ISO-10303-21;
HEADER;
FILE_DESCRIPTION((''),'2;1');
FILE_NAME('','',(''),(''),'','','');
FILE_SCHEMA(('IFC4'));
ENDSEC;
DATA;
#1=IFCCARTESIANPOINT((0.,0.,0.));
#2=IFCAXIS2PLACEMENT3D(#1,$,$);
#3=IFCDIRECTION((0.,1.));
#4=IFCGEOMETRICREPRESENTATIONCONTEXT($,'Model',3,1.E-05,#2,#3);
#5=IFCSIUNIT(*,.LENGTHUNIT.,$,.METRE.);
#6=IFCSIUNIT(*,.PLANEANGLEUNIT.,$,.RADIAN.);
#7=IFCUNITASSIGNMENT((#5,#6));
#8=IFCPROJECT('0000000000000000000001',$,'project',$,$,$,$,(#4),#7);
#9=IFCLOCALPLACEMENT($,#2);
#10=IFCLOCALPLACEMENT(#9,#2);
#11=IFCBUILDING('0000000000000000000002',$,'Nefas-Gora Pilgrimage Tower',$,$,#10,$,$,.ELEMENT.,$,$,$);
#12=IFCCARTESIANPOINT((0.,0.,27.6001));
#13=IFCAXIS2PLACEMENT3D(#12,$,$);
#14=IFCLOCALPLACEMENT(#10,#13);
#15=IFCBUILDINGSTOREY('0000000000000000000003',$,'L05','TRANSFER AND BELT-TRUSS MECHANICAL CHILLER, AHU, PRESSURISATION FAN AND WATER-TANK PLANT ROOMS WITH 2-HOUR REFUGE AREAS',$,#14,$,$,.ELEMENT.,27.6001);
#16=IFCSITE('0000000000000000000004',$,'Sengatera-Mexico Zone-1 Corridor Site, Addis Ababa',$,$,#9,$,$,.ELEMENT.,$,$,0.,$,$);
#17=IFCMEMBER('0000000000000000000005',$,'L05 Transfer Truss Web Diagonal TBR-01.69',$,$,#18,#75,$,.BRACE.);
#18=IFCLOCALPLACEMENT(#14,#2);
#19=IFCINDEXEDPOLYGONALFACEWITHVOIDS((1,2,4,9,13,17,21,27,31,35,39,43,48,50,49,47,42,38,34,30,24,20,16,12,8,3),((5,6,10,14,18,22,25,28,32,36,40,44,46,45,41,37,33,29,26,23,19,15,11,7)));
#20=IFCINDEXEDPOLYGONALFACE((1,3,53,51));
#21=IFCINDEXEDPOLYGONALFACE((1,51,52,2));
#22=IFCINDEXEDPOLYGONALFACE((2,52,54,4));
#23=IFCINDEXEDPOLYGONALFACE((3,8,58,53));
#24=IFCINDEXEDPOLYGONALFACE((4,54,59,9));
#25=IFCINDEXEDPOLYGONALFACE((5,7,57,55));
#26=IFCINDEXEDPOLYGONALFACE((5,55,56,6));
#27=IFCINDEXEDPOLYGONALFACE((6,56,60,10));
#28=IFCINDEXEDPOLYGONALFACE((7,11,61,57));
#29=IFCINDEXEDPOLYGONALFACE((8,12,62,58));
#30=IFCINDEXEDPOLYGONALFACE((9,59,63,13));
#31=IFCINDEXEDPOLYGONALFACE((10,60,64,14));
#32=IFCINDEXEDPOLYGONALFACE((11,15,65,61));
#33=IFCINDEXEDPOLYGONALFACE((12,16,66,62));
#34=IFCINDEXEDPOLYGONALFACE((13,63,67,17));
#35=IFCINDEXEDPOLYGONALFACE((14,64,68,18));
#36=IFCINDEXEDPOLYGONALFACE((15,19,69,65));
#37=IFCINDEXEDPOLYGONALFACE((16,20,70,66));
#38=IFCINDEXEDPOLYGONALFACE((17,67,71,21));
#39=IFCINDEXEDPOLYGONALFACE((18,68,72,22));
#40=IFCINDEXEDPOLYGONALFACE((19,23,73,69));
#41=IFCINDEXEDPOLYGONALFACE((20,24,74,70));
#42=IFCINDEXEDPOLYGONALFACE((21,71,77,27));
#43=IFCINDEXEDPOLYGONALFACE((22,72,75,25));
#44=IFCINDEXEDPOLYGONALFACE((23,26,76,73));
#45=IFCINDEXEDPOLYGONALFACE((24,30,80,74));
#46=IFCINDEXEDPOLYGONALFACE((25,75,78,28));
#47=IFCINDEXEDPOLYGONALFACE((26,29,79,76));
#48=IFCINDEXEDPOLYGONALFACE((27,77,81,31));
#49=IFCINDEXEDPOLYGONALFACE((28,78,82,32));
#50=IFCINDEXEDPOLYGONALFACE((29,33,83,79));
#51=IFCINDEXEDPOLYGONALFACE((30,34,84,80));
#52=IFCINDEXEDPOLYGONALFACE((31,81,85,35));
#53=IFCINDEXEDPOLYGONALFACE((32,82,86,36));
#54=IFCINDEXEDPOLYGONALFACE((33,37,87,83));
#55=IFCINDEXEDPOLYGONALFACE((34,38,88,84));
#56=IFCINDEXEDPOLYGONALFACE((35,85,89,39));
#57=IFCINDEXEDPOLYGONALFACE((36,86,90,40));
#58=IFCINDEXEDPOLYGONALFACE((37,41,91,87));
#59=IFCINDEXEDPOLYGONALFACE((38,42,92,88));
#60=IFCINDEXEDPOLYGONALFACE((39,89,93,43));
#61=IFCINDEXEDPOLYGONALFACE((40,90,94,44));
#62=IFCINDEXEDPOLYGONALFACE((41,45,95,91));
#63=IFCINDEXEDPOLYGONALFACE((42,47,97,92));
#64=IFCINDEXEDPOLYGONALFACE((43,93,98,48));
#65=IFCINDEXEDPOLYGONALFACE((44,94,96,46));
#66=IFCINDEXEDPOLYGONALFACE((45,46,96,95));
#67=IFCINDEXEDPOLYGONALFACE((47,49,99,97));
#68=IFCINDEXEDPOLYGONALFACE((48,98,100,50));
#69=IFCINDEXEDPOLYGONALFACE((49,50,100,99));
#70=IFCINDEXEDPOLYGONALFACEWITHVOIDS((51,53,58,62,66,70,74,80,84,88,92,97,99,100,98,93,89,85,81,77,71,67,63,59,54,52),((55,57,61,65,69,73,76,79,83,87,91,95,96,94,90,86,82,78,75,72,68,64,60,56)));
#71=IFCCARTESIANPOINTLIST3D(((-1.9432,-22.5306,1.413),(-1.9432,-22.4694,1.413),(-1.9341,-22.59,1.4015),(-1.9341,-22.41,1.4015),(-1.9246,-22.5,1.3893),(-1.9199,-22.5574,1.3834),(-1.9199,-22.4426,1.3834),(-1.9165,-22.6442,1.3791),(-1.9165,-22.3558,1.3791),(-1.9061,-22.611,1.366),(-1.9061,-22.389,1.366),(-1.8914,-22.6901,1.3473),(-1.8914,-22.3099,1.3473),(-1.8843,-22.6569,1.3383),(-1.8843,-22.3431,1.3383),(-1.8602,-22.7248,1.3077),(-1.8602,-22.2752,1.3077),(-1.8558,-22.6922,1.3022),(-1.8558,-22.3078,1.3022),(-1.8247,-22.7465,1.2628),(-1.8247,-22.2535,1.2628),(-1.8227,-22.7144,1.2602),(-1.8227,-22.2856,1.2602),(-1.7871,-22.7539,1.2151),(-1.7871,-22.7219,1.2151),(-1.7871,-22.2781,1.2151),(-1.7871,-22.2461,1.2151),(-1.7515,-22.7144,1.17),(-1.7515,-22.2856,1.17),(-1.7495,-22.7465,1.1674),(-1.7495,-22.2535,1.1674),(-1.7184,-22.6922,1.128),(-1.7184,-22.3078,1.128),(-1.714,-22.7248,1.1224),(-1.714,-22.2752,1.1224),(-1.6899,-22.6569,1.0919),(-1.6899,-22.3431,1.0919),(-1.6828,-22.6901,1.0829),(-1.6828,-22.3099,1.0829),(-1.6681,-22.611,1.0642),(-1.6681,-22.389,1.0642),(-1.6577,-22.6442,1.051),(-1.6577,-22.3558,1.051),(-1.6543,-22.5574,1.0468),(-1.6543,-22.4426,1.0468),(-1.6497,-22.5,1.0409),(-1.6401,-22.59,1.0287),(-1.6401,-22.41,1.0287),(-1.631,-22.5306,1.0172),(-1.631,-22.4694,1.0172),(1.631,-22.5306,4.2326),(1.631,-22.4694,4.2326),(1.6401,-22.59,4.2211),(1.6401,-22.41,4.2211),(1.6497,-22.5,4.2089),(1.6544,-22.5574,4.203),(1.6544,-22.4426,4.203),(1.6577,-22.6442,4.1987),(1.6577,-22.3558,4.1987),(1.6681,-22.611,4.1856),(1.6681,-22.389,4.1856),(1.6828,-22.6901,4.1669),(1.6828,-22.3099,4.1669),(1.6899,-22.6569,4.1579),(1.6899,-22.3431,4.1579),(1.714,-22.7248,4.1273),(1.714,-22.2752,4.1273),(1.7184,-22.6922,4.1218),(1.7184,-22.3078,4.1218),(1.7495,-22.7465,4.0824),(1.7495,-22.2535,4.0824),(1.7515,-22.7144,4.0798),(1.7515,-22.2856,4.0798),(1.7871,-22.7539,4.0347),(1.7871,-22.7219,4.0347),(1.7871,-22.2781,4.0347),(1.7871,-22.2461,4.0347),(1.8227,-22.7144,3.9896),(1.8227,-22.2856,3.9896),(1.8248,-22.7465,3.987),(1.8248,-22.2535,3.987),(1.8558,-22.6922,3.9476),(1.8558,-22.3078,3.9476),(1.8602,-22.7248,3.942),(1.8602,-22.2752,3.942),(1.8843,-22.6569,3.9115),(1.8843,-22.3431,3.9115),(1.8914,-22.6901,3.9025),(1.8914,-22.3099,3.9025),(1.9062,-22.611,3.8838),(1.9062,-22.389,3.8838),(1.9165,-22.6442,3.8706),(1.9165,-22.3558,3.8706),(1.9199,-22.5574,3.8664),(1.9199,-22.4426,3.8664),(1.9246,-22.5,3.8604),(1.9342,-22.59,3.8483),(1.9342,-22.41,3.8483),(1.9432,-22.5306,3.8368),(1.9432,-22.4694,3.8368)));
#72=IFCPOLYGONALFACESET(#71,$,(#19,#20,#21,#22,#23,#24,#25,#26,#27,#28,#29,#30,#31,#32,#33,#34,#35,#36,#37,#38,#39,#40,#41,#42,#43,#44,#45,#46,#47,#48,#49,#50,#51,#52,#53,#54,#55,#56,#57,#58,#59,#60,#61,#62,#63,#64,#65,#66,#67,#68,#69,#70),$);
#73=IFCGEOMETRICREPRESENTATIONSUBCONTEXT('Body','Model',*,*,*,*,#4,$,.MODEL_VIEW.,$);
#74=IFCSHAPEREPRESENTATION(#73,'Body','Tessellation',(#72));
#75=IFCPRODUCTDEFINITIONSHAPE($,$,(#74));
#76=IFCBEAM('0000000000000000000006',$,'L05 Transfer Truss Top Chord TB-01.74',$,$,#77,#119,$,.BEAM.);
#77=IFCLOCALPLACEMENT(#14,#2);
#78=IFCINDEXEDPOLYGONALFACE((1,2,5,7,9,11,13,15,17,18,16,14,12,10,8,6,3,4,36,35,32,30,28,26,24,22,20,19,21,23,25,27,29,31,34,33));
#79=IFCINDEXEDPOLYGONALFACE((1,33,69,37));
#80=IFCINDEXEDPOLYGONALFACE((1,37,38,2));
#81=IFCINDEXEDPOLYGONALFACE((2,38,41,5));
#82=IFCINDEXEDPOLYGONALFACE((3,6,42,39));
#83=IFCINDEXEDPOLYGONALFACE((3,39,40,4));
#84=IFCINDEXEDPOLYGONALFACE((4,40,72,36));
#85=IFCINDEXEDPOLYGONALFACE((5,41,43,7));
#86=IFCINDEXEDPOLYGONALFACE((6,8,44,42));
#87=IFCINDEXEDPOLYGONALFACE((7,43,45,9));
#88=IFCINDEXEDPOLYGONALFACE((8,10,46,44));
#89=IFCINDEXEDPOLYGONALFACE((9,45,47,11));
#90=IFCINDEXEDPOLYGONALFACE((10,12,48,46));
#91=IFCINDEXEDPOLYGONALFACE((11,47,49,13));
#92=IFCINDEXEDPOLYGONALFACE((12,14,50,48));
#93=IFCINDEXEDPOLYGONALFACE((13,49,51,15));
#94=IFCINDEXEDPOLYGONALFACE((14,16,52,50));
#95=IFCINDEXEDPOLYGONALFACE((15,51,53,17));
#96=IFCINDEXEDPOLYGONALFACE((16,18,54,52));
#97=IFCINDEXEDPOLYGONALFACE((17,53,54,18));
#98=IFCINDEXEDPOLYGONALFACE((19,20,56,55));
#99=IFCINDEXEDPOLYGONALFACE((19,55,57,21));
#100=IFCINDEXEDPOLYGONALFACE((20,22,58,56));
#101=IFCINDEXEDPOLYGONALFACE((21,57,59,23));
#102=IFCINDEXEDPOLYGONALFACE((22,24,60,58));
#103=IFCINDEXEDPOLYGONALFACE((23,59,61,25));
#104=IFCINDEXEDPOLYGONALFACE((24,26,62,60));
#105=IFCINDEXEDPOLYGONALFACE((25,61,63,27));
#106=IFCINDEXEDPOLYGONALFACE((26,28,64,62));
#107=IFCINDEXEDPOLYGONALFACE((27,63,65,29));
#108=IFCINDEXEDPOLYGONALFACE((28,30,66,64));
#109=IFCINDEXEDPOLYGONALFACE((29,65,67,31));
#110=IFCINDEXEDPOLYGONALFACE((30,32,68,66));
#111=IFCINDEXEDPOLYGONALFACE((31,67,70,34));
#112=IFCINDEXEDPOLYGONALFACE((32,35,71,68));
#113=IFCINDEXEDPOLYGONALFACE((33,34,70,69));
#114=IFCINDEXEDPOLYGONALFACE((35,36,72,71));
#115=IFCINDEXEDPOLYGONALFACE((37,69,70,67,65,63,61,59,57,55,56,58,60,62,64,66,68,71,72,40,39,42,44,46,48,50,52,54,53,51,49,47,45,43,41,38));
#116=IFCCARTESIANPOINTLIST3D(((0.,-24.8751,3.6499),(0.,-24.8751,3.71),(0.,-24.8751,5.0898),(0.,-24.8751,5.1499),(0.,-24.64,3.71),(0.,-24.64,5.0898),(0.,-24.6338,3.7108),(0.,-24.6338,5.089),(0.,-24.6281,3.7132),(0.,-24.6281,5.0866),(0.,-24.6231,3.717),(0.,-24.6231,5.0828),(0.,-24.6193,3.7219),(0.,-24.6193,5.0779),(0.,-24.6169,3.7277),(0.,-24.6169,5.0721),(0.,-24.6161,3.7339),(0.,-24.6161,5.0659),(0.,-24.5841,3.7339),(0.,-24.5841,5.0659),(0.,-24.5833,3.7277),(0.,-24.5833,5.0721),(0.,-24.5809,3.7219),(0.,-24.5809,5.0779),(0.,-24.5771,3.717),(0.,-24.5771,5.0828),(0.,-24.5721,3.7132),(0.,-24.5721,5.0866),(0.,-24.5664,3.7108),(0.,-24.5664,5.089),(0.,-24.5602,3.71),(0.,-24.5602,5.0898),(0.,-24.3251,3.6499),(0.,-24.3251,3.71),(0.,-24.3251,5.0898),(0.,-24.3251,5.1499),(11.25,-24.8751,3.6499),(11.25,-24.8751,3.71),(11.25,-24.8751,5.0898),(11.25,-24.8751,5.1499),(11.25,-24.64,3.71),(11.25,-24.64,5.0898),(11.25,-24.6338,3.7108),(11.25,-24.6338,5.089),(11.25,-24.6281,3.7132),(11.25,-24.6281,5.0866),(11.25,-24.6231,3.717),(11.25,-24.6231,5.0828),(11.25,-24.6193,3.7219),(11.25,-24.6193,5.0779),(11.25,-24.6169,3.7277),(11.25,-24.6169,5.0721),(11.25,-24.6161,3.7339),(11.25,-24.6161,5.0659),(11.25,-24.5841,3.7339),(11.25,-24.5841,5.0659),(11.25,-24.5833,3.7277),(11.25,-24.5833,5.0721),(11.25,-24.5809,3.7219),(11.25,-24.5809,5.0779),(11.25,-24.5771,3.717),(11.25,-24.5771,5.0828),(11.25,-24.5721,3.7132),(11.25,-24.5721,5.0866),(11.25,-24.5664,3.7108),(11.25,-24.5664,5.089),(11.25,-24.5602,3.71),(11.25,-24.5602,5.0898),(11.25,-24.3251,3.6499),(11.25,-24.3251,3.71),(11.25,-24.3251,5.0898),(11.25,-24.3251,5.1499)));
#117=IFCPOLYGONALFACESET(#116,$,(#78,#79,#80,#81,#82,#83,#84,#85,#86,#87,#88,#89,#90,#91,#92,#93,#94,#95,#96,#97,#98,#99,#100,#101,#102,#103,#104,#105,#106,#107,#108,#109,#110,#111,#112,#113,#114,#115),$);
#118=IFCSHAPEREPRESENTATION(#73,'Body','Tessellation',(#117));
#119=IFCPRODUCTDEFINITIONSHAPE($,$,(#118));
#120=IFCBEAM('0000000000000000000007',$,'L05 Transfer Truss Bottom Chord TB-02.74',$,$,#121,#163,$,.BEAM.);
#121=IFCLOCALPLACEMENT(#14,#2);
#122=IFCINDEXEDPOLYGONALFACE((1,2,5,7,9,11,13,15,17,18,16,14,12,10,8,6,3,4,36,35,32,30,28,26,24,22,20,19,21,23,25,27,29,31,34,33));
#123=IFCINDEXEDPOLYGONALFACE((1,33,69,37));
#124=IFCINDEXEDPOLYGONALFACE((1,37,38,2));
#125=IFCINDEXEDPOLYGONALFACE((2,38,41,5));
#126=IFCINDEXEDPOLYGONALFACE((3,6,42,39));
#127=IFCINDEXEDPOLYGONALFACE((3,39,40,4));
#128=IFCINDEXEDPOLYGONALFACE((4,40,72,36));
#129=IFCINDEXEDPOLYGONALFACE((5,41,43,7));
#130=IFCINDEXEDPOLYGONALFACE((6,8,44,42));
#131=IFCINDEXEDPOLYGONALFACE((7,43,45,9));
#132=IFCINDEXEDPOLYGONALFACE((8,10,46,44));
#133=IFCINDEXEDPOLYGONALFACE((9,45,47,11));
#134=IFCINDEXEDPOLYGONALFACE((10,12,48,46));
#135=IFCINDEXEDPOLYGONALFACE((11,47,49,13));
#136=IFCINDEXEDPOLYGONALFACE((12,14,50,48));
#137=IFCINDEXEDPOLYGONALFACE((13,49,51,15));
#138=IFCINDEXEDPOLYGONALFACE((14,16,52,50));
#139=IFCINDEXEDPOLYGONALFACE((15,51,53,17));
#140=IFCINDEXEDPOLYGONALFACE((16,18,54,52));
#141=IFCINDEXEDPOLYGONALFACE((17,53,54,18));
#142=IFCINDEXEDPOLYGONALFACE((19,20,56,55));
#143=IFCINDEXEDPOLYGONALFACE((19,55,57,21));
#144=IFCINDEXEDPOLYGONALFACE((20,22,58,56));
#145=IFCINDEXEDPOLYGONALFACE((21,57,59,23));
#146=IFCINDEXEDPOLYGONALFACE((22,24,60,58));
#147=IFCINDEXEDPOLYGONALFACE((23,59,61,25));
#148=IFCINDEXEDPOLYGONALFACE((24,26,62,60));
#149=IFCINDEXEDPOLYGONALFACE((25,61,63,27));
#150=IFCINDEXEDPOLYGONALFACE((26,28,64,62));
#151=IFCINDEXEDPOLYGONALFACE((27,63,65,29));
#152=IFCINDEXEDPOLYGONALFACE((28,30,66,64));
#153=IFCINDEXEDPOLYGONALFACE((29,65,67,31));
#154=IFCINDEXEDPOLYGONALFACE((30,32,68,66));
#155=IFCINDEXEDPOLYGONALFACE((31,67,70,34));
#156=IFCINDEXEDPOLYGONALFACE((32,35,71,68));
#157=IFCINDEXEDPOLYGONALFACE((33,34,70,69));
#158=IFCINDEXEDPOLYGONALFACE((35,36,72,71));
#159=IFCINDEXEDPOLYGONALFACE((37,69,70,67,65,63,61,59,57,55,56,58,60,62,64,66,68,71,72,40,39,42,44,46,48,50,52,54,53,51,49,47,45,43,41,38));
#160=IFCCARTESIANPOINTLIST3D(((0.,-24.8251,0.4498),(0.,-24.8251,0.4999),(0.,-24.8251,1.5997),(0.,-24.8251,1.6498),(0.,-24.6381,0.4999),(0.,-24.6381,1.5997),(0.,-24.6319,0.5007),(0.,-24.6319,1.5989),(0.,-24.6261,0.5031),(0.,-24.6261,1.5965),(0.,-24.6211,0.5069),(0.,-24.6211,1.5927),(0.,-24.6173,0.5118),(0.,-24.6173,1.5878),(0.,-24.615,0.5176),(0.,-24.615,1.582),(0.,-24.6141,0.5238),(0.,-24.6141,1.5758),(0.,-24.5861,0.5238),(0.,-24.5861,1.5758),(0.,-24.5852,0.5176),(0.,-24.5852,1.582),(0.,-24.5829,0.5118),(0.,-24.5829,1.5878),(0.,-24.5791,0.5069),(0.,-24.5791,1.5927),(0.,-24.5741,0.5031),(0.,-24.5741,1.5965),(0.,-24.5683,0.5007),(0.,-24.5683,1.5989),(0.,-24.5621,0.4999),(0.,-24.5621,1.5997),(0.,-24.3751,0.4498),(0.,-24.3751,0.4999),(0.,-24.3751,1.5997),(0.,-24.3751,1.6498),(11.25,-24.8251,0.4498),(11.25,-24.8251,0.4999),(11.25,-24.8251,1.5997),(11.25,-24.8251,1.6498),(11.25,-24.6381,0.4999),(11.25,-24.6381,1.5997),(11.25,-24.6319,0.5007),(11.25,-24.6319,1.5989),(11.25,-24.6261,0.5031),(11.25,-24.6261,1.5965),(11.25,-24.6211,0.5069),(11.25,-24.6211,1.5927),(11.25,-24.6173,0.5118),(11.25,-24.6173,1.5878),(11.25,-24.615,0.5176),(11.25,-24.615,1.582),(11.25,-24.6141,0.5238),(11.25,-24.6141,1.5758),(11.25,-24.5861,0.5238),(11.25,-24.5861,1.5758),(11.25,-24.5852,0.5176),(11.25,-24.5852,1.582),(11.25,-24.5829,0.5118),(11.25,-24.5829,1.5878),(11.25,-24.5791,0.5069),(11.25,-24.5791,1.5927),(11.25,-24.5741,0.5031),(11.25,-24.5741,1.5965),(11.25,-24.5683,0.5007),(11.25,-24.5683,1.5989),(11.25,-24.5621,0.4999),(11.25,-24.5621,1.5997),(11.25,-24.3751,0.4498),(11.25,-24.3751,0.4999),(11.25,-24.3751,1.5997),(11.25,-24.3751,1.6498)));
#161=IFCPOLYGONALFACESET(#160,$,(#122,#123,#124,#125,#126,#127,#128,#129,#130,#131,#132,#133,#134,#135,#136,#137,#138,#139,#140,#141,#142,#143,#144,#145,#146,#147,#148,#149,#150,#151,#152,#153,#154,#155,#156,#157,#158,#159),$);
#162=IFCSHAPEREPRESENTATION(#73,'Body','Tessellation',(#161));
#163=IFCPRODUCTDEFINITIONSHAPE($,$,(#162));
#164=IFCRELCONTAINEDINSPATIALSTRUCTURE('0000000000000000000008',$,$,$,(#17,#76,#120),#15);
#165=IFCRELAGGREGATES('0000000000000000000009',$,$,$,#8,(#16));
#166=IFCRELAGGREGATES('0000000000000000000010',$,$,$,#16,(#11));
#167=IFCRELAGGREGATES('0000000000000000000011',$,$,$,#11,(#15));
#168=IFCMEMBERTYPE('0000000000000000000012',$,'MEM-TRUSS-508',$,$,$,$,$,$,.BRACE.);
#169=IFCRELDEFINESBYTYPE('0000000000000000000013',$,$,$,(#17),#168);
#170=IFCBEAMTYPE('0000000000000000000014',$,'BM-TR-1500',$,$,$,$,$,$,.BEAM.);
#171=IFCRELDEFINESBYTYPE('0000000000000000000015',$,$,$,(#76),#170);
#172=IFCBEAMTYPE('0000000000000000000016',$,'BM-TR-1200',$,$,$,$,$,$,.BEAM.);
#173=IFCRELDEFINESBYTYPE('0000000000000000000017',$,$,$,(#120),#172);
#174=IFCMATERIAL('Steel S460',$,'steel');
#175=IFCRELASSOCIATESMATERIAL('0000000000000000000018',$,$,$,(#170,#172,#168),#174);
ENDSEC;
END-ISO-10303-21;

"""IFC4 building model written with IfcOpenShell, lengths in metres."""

from ifc_helpers import new_model, si_unit, direction, frame, origin, origin_2d, place, context, subcontext, project, spatial, hollow_circle, i_section, extrude, source, transform, mapped, material, material_profile, profile_set, type_object, element, save


model = new_model("IFC4")

# Units and contexts
model_context = context("Model", 3, precision=1e-05, world=origin(), true_north=direction((0.0, 1.0)))
body_context = subcontext(model_context, "Body", "Model", "MODEL_VIEW")
ifc_project = project(units=[si_unit("LENGTHUNIT", "METRE"), si_unit("PLANEANGLEUNIT", "RADIAN")], contexts=[model_context])

# Site, building, storey
site_placement = place(None, origin())
site = spatial("IfcSite", under=ifc_project, at=site_placement, Name="Sengatera-Mexico Zone-1 Corridor Site, Addis Ababa", CompositionType="ELEMENT", RefElevation=0.0)
building_placement = place(site_placement, origin())
building = spatial("IfcBuilding", under=site, at=building_placement, Name="Nefas-Gora Pilgrimage Tower", CompositionType="ELEMENT")
storey_placement = place(building_placement, frame((0.0, 0.0, 27.6001)))
storey = spatial("IfcBuildingStorey", under=building, at=storey_placement, Name="L05", Description="TRANSFER AND BELT-TRUSS MECHANICAL CHILLER, AHU, PRESSURISATION FAN AND WATER-TANK PLANT ROOMS WITH 2-HOUR REFUGE AREAS", CompositionType="ELEMENT", Elevation=27.6001)

# Shared definitions
ifc_material_1 = material(Name="Steel S460", Category="steel")

# Shared definitions
ifc_material_profile_1 = material_profile(ifc_material_1, i_section(OverallWidth=0.55, OverallDepth=1.5, WebThickness=0.032, FlangeThickness=0.0601, FilletRadius=0.0239, at=origin_2d()), Name="WPG 1500x550x32x60")
ifc_profile_set_1 = profile_set([ifc_material_profile_1], Name="Steel S460")
beam_type_1 = type_object("IfcBeamType", Name="BM-TR-1500", PredefinedType="BEAM", material=ifc_profile_set_1)
ifc_material_profile_2 = material_profile(ifc_material_1, i_section(OverallWidth=0.45, OverallDepth=1.2, WebThickness=0.0281, FlangeThickness=0.05, FilletRadius=0.0239, at=origin_2d()), Name="WPG 1200x450x28x50")
ifc_profile_set_2 = profile_set([ifc_material_profile_2], Name="Steel S460")
beam_type_2 = type_object("IfcBeamType", Name="BM-TR-1200", PredefinedType="BEAM", material=ifc_profile_set_2)

# Member
ifc_material_profile_3 = material_profile(ifc_material_1, hollow_circle(Radius=0.2539, WallThickness=0.032, at=origin_2d()), Name="CHS 508x32")
ifc_profile_set_3 = profile_set([ifc_material_profile_3], Name="Steel S460")
member_type = type_object("IfcMemberType", Name="MEM-TRUSS-508", PredefinedType="BRACE", material=ifc_profile_set_3)
shared_shape_1 = source(origin(), body_context, "Body", "SweptSolid", [
    extrude(hollow_circle(Radius=0.2539, WallThickness=0.032, at=origin_2d()), origin(), (0.0, 0.0, 1.0), 4.5525),
])
for number, where, z_axis, x_axis, name in (
    (1, (-1.7871, -22.5, 1.2151), (0.785115, 0.0, 0.61935), (0.0, 1.0, 0.0), "L05 Transfer Truss Web Diagonal TBR-01.69"),
):
    element("IfcMember", number, at=place(storey_placement, frame(where, z_axis=z_axis, x_axis=x_axis)), inside=storey, type_object=member_type, Name=name, PredefinedType="BRACE", context=body_context, shape_type="MappedRepresentation", body=[
        mapped(shared_shape_1, transform((0.0, 0.0, 0.0), x_axis=(1.0, 0.0, 0.0), y_axis=(0.0, 1.0, 0.0), z_axis=(0.0, 0.0, 1.0), scale=1.0)),
    ])

# Beams
shared_shape_2 = source(origin(), body_context, "Body", "SweptSolid", [
    extrude(i_section(OverallWidth=0.55, OverallDepth=1.5, WebThickness=0.032, FlangeThickness=0.0601, FilletRadius=0.0239, at=origin_2d()), origin(), (0.0, 0.0, 1.0), 11.25),
])
beam_1_placement = place(storey_placement, frame((0.0, -24.6001, 4.3999), z_axis=(1.0, 0.0, 0.0), x_axis=(0.0, 1.0, 0.0)))
element("IfcBeam", 2, at=beam_1_placement, inside=storey, type_object=beam_type_1, Name="L05 Transfer Truss Top Chord TB-01.74", PredefinedType="BEAM", context=body_context, shape_type="MappedRepresentation", body=[
    mapped(shared_shape_2, transform((0.0, 0.0, 0.0), x_axis=(1.0, 0.0, 0.0), y_axis=(0.0, 1.0, 0.0), z_axis=(0.0, 0.0, 1.0), scale=1.0)),
])
shared_shape_3 = source(origin(), body_context, "Body", "SweptSolid", [
    extrude(i_section(OverallWidth=0.45, OverallDepth=1.2, WebThickness=0.0281, FlangeThickness=0.05, FilletRadius=0.0239, at=origin_2d()), origin(), (0.0, 0.0, 1.0), 11.25),
])
beam_2_placement = place(storey_placement, frame((0.0, -24.6001, 1.0498), z_axis=(1.0, 0.0, 0.0), x_axis=(0.0, 1.0, 0.0)))
element("IfcBeam", 3, at=beam_2_placement, inside=storey, type_object=beam_type_2, Name="L05 Transfer Truss Bottom Chord TB-02.74", PredefinedType="BEAM", context=body_context, shape_type="MappedRepresentation", body=[
    mapped(shared_shape_3, transform((0.0, 0.0, 0.0), x_axis=(1.0, 0.0, 0.0), y_axis=(0.0, 1.0, 0.0), z_axis=(0.0, 0.0, 1.0), scale=1.0)),
])

save(model, "model.ifc")
